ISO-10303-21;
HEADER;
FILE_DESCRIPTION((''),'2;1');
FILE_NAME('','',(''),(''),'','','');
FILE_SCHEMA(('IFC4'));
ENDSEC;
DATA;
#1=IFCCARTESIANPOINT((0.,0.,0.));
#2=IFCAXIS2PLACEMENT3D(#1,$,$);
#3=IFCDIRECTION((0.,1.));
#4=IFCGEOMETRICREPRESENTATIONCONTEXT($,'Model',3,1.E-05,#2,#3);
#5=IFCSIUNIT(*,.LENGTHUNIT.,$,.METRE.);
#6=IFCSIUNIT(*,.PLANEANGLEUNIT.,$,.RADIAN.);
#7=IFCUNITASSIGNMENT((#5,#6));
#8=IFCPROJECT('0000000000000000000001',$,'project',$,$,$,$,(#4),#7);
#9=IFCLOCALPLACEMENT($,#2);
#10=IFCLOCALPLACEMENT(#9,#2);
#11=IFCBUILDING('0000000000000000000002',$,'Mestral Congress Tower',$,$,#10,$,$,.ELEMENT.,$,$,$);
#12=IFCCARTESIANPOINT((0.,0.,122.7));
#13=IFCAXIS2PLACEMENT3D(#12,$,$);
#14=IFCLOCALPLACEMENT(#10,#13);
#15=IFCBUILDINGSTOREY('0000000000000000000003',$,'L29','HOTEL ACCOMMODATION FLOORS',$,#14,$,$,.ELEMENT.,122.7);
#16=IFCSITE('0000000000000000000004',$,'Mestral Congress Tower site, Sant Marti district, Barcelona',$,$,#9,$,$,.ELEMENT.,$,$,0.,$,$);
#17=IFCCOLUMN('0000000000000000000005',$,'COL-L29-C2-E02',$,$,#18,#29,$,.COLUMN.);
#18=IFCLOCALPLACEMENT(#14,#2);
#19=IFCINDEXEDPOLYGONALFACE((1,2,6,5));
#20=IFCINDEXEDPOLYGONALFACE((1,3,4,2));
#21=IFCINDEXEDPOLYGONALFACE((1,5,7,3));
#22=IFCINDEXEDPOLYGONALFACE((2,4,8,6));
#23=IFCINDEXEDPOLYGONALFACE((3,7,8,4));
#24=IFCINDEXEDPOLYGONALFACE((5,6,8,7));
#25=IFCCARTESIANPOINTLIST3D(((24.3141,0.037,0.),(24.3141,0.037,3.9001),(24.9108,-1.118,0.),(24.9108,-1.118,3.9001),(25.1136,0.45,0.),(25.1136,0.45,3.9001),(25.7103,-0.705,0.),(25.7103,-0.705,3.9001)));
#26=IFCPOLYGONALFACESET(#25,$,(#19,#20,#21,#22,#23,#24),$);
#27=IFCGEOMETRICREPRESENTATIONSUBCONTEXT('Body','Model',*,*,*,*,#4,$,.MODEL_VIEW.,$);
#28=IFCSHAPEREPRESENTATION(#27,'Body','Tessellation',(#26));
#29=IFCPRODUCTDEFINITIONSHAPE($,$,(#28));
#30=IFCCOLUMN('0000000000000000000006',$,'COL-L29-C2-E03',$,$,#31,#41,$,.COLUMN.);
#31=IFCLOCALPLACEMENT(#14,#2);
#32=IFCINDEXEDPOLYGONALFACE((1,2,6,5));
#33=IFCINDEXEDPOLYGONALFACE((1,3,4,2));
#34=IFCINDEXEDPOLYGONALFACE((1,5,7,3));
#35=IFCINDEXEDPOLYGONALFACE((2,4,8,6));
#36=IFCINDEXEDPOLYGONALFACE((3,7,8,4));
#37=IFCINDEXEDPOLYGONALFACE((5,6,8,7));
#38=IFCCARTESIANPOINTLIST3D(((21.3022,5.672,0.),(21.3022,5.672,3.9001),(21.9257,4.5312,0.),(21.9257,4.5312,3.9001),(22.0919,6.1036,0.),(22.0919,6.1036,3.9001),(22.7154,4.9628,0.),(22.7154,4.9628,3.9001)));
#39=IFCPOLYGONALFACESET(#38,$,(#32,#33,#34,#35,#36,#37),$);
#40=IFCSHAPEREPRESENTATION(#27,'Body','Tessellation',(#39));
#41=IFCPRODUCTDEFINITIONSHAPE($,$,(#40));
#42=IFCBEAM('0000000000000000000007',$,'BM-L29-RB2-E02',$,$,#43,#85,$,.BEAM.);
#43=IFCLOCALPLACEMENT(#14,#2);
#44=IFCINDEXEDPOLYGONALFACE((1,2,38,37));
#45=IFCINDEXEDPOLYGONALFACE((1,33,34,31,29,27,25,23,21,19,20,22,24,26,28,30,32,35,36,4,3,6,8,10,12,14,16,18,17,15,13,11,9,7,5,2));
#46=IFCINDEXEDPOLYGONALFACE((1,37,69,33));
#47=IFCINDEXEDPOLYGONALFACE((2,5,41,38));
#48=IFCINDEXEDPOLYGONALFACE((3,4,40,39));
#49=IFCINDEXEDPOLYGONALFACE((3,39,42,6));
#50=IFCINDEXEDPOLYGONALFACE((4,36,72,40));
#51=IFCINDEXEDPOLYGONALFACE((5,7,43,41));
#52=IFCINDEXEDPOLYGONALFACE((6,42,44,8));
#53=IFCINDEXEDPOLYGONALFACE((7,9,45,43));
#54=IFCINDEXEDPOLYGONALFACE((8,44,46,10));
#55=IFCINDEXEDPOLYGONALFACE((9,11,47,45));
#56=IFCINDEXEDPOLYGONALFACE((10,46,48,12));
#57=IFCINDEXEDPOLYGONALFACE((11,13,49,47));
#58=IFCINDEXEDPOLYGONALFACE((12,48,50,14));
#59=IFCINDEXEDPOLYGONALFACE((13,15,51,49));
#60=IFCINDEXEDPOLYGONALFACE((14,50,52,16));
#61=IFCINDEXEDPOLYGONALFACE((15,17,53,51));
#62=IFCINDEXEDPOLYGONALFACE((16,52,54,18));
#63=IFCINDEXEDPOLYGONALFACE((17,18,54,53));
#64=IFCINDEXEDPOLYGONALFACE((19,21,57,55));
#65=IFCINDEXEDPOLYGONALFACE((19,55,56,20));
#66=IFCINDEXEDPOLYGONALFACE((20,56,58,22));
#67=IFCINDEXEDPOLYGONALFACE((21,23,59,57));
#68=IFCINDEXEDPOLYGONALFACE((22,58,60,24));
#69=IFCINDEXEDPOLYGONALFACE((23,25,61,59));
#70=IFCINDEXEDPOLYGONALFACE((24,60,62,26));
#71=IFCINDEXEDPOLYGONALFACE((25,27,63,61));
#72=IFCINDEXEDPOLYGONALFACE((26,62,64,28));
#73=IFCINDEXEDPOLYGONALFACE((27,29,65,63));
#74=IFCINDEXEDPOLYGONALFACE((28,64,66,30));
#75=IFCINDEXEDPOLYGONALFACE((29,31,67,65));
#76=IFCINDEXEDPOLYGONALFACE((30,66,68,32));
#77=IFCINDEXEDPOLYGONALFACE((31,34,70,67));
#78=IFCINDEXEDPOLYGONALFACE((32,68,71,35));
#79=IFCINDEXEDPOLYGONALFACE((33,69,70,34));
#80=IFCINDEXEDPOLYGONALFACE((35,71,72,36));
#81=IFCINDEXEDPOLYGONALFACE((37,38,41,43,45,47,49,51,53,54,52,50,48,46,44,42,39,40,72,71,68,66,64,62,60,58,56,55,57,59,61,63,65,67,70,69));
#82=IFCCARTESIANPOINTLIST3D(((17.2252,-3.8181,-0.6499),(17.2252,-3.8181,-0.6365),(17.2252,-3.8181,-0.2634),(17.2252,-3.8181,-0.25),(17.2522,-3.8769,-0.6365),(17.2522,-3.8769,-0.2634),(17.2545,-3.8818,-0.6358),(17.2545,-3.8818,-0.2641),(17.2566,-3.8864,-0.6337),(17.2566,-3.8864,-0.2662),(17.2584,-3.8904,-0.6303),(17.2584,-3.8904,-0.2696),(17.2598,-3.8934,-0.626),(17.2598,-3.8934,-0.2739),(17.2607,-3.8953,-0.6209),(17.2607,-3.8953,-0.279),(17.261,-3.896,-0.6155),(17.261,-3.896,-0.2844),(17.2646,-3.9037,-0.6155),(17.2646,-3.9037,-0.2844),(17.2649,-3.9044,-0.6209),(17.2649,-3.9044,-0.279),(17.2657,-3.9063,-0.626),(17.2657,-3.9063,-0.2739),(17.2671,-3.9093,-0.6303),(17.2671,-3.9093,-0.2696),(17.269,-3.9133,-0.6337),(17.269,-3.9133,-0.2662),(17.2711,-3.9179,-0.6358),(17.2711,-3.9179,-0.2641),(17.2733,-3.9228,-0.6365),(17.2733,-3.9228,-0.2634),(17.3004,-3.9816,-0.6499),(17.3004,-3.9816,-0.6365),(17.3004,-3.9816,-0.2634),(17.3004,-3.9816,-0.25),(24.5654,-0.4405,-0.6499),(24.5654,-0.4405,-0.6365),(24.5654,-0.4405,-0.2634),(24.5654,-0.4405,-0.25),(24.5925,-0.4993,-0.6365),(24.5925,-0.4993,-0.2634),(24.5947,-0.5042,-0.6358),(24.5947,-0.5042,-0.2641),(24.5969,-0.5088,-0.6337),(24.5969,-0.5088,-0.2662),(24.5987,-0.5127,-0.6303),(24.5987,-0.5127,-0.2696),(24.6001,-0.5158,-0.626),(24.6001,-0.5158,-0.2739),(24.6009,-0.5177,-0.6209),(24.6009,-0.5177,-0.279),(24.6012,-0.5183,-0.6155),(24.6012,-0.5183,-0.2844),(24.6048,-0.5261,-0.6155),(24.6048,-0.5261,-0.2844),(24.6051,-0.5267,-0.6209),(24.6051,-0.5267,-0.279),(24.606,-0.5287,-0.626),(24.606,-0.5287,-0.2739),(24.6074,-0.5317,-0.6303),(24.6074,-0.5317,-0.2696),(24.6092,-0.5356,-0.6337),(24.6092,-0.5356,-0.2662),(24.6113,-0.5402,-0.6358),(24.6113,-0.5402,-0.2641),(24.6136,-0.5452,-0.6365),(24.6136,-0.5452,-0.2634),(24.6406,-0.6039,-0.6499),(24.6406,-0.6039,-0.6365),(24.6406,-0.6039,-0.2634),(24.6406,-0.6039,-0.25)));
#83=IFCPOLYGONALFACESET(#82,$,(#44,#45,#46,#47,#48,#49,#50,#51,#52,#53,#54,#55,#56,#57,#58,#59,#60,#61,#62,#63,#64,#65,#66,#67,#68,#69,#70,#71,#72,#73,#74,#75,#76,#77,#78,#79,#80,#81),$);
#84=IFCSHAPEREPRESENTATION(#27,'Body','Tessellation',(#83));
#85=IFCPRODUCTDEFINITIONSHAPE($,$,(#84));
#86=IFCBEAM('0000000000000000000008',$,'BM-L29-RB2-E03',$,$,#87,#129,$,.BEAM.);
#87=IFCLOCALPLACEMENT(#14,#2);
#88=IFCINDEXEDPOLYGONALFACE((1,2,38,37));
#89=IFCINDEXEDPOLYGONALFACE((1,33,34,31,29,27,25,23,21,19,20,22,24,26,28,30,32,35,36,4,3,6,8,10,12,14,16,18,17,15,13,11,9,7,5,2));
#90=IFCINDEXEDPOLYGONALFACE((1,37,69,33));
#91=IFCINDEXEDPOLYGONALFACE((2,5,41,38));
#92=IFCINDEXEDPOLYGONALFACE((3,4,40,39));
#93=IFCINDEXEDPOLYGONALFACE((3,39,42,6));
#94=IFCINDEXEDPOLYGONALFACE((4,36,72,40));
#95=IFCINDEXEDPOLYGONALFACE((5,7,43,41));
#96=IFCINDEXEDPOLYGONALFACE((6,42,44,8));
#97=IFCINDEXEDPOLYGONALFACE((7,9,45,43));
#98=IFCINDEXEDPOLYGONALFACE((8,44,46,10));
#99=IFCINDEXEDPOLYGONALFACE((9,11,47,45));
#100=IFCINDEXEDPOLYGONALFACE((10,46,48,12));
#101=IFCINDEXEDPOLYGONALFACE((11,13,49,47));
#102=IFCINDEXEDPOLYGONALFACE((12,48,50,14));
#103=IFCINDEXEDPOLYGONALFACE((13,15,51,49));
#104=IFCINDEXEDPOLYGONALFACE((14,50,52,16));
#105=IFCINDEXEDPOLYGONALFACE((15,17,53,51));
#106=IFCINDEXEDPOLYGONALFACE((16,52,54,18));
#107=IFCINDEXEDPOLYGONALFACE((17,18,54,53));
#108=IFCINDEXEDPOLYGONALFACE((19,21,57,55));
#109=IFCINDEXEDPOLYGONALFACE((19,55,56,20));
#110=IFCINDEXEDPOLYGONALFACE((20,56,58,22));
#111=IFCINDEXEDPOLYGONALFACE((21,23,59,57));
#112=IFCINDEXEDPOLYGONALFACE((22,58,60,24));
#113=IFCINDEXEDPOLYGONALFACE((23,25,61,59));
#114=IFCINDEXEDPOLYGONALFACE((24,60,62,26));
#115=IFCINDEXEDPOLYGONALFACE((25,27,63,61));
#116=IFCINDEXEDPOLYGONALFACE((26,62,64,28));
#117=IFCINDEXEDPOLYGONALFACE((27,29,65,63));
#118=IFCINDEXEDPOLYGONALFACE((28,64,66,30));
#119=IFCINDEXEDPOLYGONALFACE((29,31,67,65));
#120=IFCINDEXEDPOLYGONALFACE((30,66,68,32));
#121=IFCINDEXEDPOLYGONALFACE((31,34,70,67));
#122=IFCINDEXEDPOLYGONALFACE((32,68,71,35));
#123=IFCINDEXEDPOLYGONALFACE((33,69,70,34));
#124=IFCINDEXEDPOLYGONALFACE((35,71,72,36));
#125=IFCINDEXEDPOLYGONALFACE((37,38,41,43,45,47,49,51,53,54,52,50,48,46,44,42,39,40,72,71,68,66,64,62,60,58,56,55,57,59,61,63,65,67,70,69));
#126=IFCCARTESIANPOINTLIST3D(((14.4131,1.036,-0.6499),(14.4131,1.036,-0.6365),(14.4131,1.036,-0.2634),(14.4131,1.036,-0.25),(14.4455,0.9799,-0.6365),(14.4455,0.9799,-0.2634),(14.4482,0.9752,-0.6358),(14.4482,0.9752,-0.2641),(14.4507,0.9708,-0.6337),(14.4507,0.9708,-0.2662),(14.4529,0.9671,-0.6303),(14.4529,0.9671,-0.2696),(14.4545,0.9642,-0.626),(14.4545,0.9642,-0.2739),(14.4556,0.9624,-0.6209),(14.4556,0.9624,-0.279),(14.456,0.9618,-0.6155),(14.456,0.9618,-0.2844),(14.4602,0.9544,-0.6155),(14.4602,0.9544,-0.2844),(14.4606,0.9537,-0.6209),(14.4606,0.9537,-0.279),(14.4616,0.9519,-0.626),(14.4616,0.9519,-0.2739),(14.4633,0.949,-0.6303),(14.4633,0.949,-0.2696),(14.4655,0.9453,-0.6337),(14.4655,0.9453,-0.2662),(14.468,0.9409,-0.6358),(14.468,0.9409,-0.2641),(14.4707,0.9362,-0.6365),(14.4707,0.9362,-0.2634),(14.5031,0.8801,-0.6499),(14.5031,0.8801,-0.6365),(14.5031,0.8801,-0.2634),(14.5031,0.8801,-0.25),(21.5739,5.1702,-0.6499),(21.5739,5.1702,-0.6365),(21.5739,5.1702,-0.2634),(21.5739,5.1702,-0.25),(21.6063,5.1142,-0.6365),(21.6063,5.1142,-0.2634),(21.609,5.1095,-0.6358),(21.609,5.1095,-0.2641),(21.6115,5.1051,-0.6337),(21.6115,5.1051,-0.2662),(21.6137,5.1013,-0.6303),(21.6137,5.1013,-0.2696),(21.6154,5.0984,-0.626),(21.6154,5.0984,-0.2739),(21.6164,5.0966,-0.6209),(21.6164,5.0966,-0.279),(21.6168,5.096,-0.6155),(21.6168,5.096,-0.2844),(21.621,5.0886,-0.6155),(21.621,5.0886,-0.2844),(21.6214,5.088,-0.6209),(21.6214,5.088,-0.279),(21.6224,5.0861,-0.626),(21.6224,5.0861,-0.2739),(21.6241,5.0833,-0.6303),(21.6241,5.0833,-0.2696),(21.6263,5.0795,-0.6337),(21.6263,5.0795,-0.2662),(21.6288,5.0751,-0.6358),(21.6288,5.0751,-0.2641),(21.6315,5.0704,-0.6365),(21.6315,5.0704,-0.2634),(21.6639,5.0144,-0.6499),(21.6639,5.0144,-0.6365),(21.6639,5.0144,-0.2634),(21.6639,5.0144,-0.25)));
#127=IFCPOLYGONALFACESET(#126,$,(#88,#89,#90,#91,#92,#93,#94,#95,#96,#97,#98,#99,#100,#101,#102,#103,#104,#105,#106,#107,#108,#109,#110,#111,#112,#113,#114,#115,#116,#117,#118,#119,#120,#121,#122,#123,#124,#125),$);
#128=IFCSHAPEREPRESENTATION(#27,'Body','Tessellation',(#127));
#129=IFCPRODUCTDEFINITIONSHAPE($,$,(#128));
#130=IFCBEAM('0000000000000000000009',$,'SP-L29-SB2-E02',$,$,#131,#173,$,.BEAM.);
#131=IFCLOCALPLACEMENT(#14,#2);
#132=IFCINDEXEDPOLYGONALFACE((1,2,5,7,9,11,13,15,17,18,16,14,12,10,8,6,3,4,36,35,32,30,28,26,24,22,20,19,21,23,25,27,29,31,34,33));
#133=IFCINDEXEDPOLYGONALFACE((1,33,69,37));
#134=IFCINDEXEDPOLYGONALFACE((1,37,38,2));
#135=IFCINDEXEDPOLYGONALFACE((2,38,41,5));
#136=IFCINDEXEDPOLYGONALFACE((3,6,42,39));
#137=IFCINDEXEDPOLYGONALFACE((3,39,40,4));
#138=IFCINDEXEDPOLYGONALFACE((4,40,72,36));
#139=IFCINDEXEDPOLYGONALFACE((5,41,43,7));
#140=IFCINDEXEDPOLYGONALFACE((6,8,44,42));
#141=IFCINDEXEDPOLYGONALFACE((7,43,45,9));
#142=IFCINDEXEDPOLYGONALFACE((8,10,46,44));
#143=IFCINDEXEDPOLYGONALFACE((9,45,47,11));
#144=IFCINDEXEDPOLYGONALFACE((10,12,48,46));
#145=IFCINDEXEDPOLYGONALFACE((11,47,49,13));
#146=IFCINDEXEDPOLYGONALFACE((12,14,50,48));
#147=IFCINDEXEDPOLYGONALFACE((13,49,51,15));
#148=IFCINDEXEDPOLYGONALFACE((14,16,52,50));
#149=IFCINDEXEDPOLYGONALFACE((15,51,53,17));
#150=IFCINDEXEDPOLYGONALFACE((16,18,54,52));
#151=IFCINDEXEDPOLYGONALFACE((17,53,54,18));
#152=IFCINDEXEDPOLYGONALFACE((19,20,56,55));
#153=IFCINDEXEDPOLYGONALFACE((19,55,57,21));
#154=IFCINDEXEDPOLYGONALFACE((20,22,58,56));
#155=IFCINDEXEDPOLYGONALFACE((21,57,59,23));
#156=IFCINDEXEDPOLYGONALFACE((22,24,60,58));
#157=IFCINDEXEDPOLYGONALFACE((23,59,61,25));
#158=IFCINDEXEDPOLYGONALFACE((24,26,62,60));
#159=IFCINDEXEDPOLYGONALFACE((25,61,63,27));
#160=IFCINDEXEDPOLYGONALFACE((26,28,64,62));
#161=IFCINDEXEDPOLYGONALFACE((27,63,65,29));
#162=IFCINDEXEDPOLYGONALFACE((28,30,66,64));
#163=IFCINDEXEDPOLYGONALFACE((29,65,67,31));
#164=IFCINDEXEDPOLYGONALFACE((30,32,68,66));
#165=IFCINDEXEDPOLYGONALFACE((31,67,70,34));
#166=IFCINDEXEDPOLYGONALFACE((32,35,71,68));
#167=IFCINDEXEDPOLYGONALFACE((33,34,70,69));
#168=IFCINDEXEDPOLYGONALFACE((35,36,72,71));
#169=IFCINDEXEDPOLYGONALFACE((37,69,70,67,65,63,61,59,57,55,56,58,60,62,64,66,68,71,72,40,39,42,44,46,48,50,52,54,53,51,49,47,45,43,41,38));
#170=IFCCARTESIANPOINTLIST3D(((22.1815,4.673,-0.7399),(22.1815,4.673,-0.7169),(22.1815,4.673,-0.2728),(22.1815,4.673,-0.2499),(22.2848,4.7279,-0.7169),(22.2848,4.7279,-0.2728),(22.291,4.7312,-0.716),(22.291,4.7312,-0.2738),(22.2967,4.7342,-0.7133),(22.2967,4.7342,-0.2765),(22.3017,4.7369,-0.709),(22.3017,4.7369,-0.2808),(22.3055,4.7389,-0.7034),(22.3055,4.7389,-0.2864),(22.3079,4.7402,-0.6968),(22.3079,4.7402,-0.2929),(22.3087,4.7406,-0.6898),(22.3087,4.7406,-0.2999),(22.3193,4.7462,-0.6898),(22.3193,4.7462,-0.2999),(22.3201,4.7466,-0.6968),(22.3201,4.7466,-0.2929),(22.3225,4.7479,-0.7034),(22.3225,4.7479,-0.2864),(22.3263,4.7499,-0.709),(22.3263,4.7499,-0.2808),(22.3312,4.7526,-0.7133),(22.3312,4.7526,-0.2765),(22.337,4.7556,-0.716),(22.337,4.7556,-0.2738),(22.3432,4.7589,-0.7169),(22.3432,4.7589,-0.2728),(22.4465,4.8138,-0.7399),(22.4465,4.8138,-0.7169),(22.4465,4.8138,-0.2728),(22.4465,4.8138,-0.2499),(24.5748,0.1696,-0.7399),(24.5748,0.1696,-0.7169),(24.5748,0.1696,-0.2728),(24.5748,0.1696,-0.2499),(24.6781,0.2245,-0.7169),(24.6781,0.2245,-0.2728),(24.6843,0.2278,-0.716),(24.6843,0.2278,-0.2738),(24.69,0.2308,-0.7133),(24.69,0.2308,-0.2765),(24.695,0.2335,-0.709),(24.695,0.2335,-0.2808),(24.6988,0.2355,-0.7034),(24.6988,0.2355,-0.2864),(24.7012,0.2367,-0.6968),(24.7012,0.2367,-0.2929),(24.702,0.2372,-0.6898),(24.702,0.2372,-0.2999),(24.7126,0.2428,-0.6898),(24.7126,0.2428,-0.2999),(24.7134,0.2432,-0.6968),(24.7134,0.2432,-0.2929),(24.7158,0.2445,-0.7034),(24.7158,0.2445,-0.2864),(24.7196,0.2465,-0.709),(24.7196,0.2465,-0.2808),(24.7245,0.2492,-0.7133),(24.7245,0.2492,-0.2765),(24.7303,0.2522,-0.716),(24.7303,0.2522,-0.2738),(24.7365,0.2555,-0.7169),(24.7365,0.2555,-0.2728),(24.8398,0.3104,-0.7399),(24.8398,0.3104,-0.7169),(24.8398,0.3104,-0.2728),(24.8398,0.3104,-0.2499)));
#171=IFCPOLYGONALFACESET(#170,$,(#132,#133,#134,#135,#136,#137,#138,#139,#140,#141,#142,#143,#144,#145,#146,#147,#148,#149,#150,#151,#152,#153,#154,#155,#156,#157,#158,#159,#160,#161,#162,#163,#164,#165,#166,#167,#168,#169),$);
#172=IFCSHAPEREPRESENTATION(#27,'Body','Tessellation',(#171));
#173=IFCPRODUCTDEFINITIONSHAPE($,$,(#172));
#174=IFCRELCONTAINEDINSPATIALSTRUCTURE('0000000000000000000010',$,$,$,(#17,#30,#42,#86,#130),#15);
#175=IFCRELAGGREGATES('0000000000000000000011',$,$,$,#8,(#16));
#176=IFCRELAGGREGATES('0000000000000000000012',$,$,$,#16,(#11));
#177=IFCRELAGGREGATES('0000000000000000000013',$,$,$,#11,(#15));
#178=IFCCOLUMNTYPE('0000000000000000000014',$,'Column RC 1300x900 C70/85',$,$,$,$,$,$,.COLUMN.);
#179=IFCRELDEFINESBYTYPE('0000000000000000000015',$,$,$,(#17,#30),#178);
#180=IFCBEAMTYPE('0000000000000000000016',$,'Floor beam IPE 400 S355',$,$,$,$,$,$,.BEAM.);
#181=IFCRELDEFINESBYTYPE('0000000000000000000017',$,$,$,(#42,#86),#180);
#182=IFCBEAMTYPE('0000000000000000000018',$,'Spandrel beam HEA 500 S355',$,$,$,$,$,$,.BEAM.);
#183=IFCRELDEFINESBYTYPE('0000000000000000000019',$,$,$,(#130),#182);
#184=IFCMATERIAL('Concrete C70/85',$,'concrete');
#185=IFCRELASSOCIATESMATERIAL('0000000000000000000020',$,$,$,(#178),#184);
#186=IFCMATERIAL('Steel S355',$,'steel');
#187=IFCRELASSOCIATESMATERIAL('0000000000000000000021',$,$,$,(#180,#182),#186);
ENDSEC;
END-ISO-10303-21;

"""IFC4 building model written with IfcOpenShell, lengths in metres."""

from ifc_helpers import new_model, si_unit, direction, frame, origin, origin_2d, place, context, subcontext, project, spatial, rectangle, i_section, extrude, material, material_profile, profile_set, type_object, element, save


model = new_model("IFC4")

# Units and contexts
model_context = context("Model", 3, precision=1e-05, world=origin(), true_north=direction((0.0, 1.0)))
body_context = subcontext(model_context, "Body", "Model", "MODEL_VIEW")
ifc_project = project(units=[si_unit("LENGTHUNIT", "METRE"), si_unit("PLANEANGLEUNIT", "RADIAN")], contexts=[model_context])

# Site, building, storey
site_placement = place(None, origin())
site = spatial("IfcSite", under=ifc_project, at=site_placement, Name="Mestral Congress Tower site, Sant Marti district, Barcelona", CompositionType="ELEMENT", RefElevation=0.0)
building_placement = place(site_placement, origin())
building = spatial("IfcBuilding", under=site, at=building_placement, Name="Mestral Congress Tower", CompositionType="ELEMENT")
storey_placement = place(building_placement, frame((0.0, 0.0, 122.7)))
storey = spatial("IfcBuildingStorey", under=building, at=storey_placement, Name="L29", Description="HOTEL ACCOMMODATION FLOORS", CompositionType="ELEMENT", Elevation=122.7)

# Columns
ifc_material_1 = material(Name="Concrete C70/85", Category="concrete")
ifc_material_profile_1 = material_profile(ifc_material_1, rectangle(XDim=1.3, YDim=0.8999, at=origin_2d()), Name="RC 1300x900")
ifc_profile_set_1 = profile_set([ifc_material_profile_1], Name="Concrete C70/85")
column_type = type_object("IfcColumnType", Name="Column RC 1300x900 C70/85", PredefinedType="COLUMN", material=ifc_profile_set_1)
for number, where, z_axis, x_axis, name in (
    (1, (25.0122, -0.334, 0.0), (0.0, 0.0, 1.0), (-0.458961, 0.888456, 0.0), "COL-L29-C2-E02"),
    (2, (22.0088, 5.3174, 0.0), (0.0, 0.0, 1.0), (-0.479613, 0.87748, 0.0), "COL-L29-C2-E03"),
):
    element("IfcColumn", number, at=place(storey_placement, frame(where, z_axis=z_axis, x_axis=x_axis)), inside=storey, type_object=column_type, Name=name, PredefinedType="COLUMN", context=body_context, shape_type="SweptSolid", body=[
        extrude(rectangle(XDim=1.3, YDim=0.8999, at=origin_2d()), origin(), (0.0, 0.0, 1.0), 3.9001),
    ])

# Beams
ifc_material_2 = material(Name="Steel S355", Category="steel")
ifc_material_profile_2 = material_profile(ifc_material_2, i_section(OverallWidth=0.1799, OverallDepth=0.3999, WebThickness=0.0085, FlangeThickness=0.0134, FilletRadius=0.021, at=origin_2d()), Name="IPE 400")
ifc_profile_set_2 = profile_set([ifc_material_profile_2], Name="Steel S355")
beam_type_1 = type_object("IfcBeamType", Name="Floor beam IPE 400 S355", PredefinedType="BEAM", material=ifc_profile_set_2)
beam_1_placement = place(storey_placement, frame((24.603, -0.5222, -0.45), z_axis=(-0.908437, -0.418021, 0.0), x_axis=(0.418021, -0.908437, 0.0)))
element("IfcBeam", 3, at=beam_1_placement, inside=storey, type_object=beam_type_1, Name="BM-L29-RB2-E02", PredefinedType="BEAM", context=body_context, shape_type="SweptSolid", body=[
    extrude(i_section(OverallWidth=0.1799, OverallDepth=0.3999, WebThickness=0.0085, FlangeThickness=0.0134, FilletRadius=0.021, at=origin_2d()), origin(), (0.0, 0.0, 1.0), 8.0801),
])
beam_2_placement = place(storey_placement, frame((21.6189, 5.0923, -0.45), z_axis=(-0.866029, -0.499994, 0.0), x_axis=(0.499994, -0.866029, 0.0)))
element("IfcBeam", 4, at=beam_2_placement, inside=storey, type_object=beam_type_1, Name="BM-L29-RB2-E03", PredefinedType="BEAM", context=body_context, shape_type="SweptSolid", body=[
    extrude(i_section(OverallWidth=0.1799, OverallDepth=0.3999, WebThickness=0.0085, FlangeThickness=0.0134, FilletRadius=0.021, at=origin_2d()), origin(), (0.0, 0.0, 1.0), 8.2686),
])
ifc_material_profile_3 = material_profile(ifc_material_2, i_section(OverallWidth=0.3, OverallDepth=0.49, WebThickness=0.012, FlangeThickness=0.0229, FilletRadius=0.0271, at=origin_2d()), Name="HEA 500")
ifc_profile_set_3 = profile_set([ifc_material_profile_3], Name="Steel S355")
beam_type_2 = type_object("IfcBeamType", Name="Spandrel beam HEA 500 S355", PredefinedType="BEAM", material=ifc_profile_set_3)
for number, where, z_axis, x_axis, name in (
    (5, (24.7073, 0.24, -0.4949), (-0.469288, 0.883045, 0.0), (-0.883045, -0.469288, 0.0), "SP-L29-SB2-E02"),
):
    element("IfcBeam", number, at=place(storey_placement, frame(where, z_axis=z_axis, x_axis=x_axis)), inside=storey, type_object=beam_type_2, Name=name, PredefinedType="BEAM", context=body_context, shape_type="SweptSolid", body=[
        extrude(i_section(OverallWidth=0.3, OverallDepth=0.49, WebThickness=0.012, FlangeThickness=0.0229, FilletRadius=0.0271, at=origin_2d()), origin(), (0.0, 0.0, 1.0), 5.0999),
    ])

save(model, "model.ifc")
